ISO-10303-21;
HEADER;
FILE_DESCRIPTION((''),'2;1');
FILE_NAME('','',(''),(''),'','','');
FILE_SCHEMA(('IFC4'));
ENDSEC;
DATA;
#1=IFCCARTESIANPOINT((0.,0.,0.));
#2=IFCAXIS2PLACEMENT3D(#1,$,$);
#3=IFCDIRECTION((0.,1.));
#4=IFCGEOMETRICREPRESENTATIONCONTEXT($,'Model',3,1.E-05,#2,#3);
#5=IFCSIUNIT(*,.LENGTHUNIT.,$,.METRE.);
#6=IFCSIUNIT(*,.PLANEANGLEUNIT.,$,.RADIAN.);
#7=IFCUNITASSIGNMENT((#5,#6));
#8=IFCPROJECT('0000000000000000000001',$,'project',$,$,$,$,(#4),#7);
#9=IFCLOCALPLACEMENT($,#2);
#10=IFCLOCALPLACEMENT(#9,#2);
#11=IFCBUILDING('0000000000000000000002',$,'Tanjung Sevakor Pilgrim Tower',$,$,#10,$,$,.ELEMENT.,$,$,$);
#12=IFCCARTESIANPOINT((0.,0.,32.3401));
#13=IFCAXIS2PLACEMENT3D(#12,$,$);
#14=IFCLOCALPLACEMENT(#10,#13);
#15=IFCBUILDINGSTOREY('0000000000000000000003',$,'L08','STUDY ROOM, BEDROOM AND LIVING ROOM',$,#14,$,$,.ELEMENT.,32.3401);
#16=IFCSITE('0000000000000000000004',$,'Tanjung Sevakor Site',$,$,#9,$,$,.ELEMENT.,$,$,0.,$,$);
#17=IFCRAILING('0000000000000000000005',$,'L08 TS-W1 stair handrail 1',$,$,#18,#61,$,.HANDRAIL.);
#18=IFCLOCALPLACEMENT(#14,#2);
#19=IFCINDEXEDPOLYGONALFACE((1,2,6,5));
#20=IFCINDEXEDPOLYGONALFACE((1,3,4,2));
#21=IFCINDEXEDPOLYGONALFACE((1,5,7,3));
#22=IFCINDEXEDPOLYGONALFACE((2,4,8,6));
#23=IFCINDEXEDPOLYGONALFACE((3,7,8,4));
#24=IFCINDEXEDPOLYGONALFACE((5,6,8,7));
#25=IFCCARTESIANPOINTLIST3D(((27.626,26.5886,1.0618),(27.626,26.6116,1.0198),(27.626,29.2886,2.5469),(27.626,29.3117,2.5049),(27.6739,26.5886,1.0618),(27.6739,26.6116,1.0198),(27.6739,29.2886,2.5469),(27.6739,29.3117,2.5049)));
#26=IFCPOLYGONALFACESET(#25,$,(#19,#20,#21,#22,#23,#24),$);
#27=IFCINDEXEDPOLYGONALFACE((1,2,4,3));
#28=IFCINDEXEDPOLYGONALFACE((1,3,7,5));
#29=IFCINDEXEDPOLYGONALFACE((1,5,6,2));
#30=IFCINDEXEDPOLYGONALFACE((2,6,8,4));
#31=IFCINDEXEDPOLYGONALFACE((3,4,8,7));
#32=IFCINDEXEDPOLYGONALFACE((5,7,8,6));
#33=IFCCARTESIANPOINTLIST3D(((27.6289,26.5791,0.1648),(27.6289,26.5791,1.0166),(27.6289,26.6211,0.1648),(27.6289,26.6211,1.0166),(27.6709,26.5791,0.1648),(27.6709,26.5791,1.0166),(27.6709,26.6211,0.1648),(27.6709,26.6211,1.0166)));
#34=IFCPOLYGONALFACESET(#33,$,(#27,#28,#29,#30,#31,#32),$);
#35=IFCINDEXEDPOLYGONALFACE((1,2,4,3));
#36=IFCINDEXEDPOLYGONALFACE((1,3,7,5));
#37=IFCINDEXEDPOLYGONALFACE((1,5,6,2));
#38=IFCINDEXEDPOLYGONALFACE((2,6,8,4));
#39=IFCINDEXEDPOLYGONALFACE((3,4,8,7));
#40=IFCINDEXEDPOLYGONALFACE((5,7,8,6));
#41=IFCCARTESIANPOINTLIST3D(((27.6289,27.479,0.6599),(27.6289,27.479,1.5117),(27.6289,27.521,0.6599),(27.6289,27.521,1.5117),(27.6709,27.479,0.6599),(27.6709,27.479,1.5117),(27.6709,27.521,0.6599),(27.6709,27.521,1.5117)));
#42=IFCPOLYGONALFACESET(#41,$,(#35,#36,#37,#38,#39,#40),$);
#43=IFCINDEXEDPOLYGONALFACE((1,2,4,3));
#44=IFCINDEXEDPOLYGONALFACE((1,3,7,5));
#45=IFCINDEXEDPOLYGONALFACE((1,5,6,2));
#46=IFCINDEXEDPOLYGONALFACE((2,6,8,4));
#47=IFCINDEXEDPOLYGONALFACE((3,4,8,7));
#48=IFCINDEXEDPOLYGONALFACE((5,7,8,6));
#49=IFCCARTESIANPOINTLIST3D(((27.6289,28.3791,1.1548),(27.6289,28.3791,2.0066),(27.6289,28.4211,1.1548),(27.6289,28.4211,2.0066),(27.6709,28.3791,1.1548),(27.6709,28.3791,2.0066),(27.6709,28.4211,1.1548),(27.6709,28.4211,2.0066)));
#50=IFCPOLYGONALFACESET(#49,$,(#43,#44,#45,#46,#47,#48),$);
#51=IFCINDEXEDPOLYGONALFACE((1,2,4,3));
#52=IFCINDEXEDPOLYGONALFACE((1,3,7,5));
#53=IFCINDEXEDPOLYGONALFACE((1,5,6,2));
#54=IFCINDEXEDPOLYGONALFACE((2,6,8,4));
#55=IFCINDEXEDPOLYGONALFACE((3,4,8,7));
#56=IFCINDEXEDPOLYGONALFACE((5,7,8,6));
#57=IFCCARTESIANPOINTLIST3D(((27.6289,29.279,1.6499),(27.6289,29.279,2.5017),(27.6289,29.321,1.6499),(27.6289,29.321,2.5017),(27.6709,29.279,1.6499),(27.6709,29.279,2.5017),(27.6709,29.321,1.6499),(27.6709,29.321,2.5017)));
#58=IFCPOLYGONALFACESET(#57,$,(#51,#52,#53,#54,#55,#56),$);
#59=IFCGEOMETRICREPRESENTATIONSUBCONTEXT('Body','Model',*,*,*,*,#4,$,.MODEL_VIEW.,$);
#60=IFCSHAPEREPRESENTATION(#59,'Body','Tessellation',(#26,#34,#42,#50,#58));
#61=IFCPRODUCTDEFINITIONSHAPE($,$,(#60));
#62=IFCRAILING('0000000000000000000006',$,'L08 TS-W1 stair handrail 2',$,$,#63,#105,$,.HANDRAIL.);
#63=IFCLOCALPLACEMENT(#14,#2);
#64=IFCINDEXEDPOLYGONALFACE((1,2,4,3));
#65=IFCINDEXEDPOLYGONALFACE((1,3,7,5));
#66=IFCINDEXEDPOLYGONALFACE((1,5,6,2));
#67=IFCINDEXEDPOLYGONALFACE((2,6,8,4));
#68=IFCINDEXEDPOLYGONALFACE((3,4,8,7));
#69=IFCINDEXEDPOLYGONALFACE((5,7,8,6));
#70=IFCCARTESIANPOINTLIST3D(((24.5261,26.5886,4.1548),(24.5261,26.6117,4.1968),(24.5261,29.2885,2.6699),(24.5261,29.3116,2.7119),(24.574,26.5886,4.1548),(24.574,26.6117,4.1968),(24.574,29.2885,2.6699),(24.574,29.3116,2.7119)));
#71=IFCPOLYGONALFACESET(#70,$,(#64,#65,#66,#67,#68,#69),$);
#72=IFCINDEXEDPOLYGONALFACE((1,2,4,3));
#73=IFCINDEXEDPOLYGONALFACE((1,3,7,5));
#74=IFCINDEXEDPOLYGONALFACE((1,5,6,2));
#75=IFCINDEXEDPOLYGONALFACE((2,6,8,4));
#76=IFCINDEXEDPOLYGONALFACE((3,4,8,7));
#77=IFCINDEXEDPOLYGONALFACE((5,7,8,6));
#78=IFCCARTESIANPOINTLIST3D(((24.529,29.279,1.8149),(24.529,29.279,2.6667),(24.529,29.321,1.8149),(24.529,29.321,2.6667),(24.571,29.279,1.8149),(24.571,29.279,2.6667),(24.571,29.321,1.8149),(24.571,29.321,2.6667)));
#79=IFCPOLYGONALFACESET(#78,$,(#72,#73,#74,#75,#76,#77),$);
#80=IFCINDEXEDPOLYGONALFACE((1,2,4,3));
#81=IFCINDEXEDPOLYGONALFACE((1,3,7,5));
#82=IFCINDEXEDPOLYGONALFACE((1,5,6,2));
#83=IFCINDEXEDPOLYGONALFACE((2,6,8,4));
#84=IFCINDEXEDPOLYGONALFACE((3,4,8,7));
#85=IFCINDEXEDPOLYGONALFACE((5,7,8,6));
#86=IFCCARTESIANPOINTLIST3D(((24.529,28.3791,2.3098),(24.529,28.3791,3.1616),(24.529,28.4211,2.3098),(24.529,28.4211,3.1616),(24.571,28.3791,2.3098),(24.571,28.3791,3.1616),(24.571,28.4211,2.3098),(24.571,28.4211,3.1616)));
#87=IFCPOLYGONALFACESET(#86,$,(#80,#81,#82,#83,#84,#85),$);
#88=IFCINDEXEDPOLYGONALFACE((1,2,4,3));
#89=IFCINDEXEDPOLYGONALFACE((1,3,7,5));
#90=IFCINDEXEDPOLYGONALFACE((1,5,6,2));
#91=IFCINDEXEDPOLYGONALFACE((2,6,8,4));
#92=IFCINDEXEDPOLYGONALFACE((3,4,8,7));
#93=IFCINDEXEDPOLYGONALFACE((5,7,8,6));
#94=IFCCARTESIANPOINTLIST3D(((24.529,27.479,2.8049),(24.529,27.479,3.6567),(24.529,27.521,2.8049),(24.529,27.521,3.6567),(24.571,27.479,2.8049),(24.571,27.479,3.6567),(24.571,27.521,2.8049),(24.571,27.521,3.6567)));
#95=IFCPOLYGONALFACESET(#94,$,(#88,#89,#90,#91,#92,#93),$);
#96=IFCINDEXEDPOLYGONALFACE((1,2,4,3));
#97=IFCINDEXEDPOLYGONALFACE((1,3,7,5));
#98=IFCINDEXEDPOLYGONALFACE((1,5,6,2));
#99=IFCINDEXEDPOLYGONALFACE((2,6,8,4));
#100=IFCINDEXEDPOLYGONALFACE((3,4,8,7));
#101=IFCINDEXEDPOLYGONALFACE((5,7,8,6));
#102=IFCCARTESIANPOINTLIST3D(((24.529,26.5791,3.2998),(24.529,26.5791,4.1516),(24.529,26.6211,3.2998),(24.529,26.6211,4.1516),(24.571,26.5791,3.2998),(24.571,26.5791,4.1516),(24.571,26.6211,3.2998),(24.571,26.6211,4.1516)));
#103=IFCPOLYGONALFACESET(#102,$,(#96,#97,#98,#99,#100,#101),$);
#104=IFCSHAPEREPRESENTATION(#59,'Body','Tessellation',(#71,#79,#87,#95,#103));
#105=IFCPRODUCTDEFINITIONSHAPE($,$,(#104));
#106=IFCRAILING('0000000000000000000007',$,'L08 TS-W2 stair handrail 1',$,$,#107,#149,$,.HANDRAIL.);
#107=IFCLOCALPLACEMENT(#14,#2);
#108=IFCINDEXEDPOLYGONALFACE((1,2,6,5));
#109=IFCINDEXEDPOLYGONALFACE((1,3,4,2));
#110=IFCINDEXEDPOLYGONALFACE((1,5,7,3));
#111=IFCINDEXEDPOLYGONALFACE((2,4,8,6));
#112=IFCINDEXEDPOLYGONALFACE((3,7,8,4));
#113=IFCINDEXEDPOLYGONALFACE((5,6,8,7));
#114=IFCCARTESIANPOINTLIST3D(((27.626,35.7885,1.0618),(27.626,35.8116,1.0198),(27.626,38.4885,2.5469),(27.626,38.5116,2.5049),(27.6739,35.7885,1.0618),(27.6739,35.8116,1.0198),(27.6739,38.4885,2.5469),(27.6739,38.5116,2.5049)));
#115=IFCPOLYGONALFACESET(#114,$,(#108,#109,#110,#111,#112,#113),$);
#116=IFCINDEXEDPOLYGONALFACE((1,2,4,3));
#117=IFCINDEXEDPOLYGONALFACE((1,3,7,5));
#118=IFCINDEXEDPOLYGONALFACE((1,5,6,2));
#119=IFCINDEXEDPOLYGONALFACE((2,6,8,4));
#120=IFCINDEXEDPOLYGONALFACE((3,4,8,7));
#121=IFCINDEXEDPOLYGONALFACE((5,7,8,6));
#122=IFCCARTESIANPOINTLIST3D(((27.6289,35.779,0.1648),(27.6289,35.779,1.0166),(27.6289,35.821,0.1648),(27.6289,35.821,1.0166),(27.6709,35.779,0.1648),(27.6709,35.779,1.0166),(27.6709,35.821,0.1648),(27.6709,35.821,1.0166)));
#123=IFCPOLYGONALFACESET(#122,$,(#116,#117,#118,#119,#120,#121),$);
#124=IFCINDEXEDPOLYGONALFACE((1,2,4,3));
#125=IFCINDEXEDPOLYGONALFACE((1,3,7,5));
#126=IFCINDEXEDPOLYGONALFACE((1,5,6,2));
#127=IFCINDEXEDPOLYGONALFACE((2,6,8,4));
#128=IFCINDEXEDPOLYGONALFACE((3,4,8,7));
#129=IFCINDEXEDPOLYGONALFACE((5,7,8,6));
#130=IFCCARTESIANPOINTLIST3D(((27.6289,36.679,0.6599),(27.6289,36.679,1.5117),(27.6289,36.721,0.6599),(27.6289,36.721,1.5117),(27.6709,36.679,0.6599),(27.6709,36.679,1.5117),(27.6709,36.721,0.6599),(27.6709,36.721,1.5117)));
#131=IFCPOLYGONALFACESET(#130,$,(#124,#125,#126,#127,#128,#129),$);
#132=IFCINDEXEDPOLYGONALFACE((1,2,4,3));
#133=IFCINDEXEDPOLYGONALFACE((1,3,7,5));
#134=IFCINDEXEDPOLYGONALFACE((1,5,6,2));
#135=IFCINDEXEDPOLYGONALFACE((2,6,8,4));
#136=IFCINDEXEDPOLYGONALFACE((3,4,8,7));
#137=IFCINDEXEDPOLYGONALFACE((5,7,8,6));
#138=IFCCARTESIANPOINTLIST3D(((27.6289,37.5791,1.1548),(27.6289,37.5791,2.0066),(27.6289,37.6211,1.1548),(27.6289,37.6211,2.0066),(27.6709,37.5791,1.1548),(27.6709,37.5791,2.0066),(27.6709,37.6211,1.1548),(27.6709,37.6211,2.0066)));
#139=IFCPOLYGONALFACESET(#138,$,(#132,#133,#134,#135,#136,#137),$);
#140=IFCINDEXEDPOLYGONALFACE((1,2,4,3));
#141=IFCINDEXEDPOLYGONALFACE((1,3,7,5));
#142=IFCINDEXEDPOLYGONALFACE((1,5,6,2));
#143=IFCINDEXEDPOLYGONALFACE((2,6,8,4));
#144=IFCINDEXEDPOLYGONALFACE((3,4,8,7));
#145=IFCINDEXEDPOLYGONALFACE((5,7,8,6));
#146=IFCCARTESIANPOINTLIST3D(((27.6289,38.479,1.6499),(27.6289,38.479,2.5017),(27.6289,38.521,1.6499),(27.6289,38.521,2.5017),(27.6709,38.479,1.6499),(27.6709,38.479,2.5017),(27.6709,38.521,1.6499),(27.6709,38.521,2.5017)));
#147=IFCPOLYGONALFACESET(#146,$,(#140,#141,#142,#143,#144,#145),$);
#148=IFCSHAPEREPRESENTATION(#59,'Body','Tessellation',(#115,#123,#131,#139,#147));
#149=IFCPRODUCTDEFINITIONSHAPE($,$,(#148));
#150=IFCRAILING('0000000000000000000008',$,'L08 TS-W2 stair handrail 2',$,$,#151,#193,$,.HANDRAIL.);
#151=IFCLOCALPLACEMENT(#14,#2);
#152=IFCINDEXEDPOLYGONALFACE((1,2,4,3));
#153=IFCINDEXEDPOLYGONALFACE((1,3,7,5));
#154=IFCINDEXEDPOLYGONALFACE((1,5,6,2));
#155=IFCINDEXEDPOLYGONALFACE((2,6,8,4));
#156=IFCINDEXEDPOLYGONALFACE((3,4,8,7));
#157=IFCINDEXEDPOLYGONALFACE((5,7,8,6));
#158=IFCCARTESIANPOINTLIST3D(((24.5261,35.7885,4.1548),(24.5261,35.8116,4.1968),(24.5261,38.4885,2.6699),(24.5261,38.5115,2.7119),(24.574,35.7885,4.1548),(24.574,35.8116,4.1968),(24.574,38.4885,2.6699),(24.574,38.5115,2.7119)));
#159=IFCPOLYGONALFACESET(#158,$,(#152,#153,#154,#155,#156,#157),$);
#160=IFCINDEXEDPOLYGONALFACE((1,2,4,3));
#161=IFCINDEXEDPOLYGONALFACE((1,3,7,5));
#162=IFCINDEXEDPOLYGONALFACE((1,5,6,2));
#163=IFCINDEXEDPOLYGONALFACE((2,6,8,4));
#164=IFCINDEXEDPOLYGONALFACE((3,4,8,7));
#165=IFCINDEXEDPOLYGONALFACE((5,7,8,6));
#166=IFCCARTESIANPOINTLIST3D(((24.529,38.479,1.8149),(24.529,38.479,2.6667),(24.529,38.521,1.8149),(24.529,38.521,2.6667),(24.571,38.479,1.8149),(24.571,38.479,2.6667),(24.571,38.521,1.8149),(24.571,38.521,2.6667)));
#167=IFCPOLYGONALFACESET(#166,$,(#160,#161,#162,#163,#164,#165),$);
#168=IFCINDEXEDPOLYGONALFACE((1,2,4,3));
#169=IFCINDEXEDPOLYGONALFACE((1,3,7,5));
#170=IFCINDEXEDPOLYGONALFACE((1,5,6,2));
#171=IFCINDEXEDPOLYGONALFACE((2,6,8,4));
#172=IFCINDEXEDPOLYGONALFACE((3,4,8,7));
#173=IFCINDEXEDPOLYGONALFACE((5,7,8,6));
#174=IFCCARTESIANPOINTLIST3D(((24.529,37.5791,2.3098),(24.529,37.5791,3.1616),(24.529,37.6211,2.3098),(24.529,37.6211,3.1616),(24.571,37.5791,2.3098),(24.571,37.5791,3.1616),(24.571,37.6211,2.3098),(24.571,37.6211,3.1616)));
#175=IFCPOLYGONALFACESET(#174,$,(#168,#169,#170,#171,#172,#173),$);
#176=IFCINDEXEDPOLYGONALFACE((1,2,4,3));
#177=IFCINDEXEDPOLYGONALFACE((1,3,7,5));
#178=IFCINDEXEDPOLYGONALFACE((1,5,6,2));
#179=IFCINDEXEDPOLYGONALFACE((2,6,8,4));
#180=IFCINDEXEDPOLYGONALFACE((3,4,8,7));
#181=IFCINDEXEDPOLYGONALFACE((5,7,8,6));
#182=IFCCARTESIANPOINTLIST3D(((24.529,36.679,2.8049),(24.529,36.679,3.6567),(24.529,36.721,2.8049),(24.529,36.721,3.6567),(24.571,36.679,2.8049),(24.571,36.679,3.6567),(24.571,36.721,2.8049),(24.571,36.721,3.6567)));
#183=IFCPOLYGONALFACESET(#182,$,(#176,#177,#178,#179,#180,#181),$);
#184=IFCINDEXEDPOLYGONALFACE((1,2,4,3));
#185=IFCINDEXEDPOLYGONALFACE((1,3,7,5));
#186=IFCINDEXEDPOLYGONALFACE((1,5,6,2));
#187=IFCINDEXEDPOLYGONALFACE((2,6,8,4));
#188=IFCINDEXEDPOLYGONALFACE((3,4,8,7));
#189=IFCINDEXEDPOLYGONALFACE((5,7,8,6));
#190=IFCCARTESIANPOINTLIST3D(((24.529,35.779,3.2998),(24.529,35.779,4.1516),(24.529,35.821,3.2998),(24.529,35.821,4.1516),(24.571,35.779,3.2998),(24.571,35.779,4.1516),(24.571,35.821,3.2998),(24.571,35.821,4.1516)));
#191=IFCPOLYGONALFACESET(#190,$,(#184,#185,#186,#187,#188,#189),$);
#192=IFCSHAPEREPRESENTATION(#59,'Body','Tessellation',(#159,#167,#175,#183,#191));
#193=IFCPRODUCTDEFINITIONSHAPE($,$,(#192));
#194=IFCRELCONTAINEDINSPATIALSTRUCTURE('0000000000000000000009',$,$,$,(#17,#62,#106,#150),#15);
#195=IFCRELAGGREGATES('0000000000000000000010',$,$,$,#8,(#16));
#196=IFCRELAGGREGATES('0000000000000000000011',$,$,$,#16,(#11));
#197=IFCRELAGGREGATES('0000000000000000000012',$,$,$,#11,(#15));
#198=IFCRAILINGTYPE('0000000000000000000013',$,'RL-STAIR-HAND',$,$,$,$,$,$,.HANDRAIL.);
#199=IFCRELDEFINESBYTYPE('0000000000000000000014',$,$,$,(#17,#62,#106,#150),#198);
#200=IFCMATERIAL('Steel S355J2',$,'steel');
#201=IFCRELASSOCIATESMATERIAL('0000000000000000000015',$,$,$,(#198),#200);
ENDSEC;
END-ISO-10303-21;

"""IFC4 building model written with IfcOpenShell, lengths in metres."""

from ifc_helpers import new_model, si_unit, direction, frame, origin, place, context, subcontext, project, spatial, rectangle, extrude, material, type_object, element, save


model = new_model("IFC4")

# Units and contexts
model_context = context("Model", 3, precision=1e-05, world=origin(), true_north=direction((0.0, 1.0)))
body_context = subcontext(model_context, "Body", "Model", "MODEL_VIEW")
ifc_project = project(units=[si_unit("LENGTHUNIT", "METRE"), si_unit("PLANEANGLEUNIT", "RADIAN")], contexts=[model_context])

# Site, building, storey
site_placement = place(None, origin())
site = spatial("IfcSite", under=ifc_project, at=site_placement, Name="Tanjung Sevakor Site", CompositionType="ELEMENT", RefElevation=0.0)
building_placement = place(site_placement, origin())
building = spatial("IfcBuilding", under=site, at=building_placement, Name="Tanjung Sevakor Pilgrim Tower", CompositionType="ELEMENT")
storey_placement = place(building_placement, frame((0.0, 0.0, 32.3401)))
storey = spatial("IfcBuildingStorey", under=building, at=storey_placement, Name="L08", Description="STUDY ROOM, BEDROOM AND LIVING ROOM", CompositionType="ELEMENT", Elevation=32.3401)

# Railings
ifc_material_1 = material(Name="Steel S355J2", Category="steel")
railing_type_1 = type_object("IfcRailingType", Name="RL-STAIR-HAND", PredefinedType="HANDRAIL", material=ifc_material_1)
railing_1_placement = place(storey_placement, frame((27.6499, 26.6001, 0.1648)))
element("IfcRailing", 1, at=railing_1_placement, inside=storey, type_object=railing_type_1, Name="L08 TS-W1 stair handrail 1", PredefinedType="HANDRAIL", context=body_context, shape_type="SweptSolid", body=[
    extrude(rectangle(XDim=0.0479, YDim=0.0479), frame((0.0, 0.0, 0.876), z_axis=(0.0, 0.876198, 0.481952), x_axis=(-1.0, 0.0, 0.0)), (0.0, 0.0, 1.0), 3.0815),
    extrude(rectangle(XDim=0.042, YDim=0.042), origin(), (0.0, 0.0, 1.0), 0.8518),
    extrude(rectangle(XDim=0.042, YDim=0.042), frame((0.0, 0.8999, 0.4951)), (0.0, 0.0, 1.0), 0.8518),
    extrude(rectangle(XDim=0.042, YDim=0.042), frame((0.0, 1.8, 0.99)), (0.0, 0.0, 1.0), 0.8518),
    extrude(rectangle(XDim=0.042, YDim=0.042), frame((0.0, 2.7, 1.4851)), (0.0, 0.0, 1.0), 0.8518),
])
railing_2_placement = place(storey_placement, frame((24.55, 29.3, 1.8149)))
element("IfcRailing", 2, at=railing_2_placement, inside=storey, type_object=railing_type_1, Name="L08 TS-W1 stair handrail 2", PredefinedType="HANDRAIL", context=body_context, shape_type="SweptSolid", body=[
    extrude(rectangle(XDim=0.0479, YDim=0.0479), frame((0.0, 0.0, 0.876), z_axis=(0.0, -0.876231, 0.481891), x_axis=(1.0, 0.0, 0.0)), (0.0, 0.0, 1.0), 3.0813),
    extrude(rectangle(XDim=0.042, YDim=0.042), origin(), (0.0, 0.0, 1.0), 0.8518),
    extrude(rectangle(XDim=0.042, YDim=0.042), frame((0.0, -0.8999, 0.4949)), (0.0, 0.0, 1.0), 0.8518),
    extrude(rectangle(XDim=0.042, YDim=0.042), frame((0.0, -1.8, 0.99)), (0.0, 0.0, 1.0), 0.8518),
    extrude(rectangle(XDim=0.042, YDim=0.042), frame((0.0, -2.7, 1.4849)), (0.0, 0.0, 1.0), 0.8518),
])
railing_3_placement = place(storey_placement, frame((27.6499, 35.8, 0.1648)))
element("IfcRailing", 3, at=railing_3_placement, inside=storey, type_object=railing_type_1, Name="L08 TS-W2 stair handrail 1", PredefinedType="HANDRAIL", context=body_context, shape_type="SweptSolid", body=[
    extrude(rectangle(XDim=0.0479, YDim=0.0479), frame((0.0, 0.0, 0.876), z_axis=(0.0, 0.876198, 0.481952), x_axis=(-1.0, 0.0, 0.0)), (0.0, 0.0, 1.0), 3.0815),
    extrude(rectangle(XDim=0.042, YDim=0.042), origin(), (0.0, 0.0, 1.0), 0.8518),
    extrude(rectangle(XDim=0.042, YDim=0.042), frame((0.0, 0.8999, 0.4951)), (0.0, 0.0, 1.0), 0.8518),
    extrude(rectangle(XDim=0.042, YDim=0.042), frame((0.0, 1.8, 0.99)), (0.0, 0.0, 1.0), 0.8518),
    extrude(rectangle(XDim=0.042, YDim=0.042), frame((0.0, 2.7, 1.4851)), (0.0, 0.0, 1.0), 0.8518),
])
railing_4_placement = place(storey_placement, frame((24.55, 38.5, 1.8149)))
element("IfcRailing", 4, at=railing_4_placement, inside=storey, type_object=railing_type_1, Name="L08 TS-W2 stair handrail 2", PredefinedType="HANDRAIL", context=body_context, shape_type="SweptSolid", body=[
    extrude(rectangle(XDim=0.0479, YDim=0.0479), frame((0.0, 0.0, 0.876), z_axis=(0.0, -0.876231, 0.481891), x_axis=(1.0, 0.0, 0.0)), (0.0, 0.0, 1.0), 3.0813),
    extrude(rectangle(XDim=0.042, YDim=0.042), origin(), (0.0, 0.0, 1.0), 0.8518),
    extrude(rectangle(XDim=0.042, YDim=0.042), frame((0.0, -0.8999, 0.4949)), (0.0, 0.0, 1.0), 0.8518),
    extrude(rectangle(XDim=0.042, YDim=0.042), frame((0.0, -1.8, 0.99)), (0.0, 0.0, 1.0), 0.8518),
    extrude(rectangle(XDim=0.042, YDim=0.042), frame((0.0, -2.7, 1.4849)), (0.0, 0.0, 1.0), 0.8518),
])

save(model, "model.ifc")
